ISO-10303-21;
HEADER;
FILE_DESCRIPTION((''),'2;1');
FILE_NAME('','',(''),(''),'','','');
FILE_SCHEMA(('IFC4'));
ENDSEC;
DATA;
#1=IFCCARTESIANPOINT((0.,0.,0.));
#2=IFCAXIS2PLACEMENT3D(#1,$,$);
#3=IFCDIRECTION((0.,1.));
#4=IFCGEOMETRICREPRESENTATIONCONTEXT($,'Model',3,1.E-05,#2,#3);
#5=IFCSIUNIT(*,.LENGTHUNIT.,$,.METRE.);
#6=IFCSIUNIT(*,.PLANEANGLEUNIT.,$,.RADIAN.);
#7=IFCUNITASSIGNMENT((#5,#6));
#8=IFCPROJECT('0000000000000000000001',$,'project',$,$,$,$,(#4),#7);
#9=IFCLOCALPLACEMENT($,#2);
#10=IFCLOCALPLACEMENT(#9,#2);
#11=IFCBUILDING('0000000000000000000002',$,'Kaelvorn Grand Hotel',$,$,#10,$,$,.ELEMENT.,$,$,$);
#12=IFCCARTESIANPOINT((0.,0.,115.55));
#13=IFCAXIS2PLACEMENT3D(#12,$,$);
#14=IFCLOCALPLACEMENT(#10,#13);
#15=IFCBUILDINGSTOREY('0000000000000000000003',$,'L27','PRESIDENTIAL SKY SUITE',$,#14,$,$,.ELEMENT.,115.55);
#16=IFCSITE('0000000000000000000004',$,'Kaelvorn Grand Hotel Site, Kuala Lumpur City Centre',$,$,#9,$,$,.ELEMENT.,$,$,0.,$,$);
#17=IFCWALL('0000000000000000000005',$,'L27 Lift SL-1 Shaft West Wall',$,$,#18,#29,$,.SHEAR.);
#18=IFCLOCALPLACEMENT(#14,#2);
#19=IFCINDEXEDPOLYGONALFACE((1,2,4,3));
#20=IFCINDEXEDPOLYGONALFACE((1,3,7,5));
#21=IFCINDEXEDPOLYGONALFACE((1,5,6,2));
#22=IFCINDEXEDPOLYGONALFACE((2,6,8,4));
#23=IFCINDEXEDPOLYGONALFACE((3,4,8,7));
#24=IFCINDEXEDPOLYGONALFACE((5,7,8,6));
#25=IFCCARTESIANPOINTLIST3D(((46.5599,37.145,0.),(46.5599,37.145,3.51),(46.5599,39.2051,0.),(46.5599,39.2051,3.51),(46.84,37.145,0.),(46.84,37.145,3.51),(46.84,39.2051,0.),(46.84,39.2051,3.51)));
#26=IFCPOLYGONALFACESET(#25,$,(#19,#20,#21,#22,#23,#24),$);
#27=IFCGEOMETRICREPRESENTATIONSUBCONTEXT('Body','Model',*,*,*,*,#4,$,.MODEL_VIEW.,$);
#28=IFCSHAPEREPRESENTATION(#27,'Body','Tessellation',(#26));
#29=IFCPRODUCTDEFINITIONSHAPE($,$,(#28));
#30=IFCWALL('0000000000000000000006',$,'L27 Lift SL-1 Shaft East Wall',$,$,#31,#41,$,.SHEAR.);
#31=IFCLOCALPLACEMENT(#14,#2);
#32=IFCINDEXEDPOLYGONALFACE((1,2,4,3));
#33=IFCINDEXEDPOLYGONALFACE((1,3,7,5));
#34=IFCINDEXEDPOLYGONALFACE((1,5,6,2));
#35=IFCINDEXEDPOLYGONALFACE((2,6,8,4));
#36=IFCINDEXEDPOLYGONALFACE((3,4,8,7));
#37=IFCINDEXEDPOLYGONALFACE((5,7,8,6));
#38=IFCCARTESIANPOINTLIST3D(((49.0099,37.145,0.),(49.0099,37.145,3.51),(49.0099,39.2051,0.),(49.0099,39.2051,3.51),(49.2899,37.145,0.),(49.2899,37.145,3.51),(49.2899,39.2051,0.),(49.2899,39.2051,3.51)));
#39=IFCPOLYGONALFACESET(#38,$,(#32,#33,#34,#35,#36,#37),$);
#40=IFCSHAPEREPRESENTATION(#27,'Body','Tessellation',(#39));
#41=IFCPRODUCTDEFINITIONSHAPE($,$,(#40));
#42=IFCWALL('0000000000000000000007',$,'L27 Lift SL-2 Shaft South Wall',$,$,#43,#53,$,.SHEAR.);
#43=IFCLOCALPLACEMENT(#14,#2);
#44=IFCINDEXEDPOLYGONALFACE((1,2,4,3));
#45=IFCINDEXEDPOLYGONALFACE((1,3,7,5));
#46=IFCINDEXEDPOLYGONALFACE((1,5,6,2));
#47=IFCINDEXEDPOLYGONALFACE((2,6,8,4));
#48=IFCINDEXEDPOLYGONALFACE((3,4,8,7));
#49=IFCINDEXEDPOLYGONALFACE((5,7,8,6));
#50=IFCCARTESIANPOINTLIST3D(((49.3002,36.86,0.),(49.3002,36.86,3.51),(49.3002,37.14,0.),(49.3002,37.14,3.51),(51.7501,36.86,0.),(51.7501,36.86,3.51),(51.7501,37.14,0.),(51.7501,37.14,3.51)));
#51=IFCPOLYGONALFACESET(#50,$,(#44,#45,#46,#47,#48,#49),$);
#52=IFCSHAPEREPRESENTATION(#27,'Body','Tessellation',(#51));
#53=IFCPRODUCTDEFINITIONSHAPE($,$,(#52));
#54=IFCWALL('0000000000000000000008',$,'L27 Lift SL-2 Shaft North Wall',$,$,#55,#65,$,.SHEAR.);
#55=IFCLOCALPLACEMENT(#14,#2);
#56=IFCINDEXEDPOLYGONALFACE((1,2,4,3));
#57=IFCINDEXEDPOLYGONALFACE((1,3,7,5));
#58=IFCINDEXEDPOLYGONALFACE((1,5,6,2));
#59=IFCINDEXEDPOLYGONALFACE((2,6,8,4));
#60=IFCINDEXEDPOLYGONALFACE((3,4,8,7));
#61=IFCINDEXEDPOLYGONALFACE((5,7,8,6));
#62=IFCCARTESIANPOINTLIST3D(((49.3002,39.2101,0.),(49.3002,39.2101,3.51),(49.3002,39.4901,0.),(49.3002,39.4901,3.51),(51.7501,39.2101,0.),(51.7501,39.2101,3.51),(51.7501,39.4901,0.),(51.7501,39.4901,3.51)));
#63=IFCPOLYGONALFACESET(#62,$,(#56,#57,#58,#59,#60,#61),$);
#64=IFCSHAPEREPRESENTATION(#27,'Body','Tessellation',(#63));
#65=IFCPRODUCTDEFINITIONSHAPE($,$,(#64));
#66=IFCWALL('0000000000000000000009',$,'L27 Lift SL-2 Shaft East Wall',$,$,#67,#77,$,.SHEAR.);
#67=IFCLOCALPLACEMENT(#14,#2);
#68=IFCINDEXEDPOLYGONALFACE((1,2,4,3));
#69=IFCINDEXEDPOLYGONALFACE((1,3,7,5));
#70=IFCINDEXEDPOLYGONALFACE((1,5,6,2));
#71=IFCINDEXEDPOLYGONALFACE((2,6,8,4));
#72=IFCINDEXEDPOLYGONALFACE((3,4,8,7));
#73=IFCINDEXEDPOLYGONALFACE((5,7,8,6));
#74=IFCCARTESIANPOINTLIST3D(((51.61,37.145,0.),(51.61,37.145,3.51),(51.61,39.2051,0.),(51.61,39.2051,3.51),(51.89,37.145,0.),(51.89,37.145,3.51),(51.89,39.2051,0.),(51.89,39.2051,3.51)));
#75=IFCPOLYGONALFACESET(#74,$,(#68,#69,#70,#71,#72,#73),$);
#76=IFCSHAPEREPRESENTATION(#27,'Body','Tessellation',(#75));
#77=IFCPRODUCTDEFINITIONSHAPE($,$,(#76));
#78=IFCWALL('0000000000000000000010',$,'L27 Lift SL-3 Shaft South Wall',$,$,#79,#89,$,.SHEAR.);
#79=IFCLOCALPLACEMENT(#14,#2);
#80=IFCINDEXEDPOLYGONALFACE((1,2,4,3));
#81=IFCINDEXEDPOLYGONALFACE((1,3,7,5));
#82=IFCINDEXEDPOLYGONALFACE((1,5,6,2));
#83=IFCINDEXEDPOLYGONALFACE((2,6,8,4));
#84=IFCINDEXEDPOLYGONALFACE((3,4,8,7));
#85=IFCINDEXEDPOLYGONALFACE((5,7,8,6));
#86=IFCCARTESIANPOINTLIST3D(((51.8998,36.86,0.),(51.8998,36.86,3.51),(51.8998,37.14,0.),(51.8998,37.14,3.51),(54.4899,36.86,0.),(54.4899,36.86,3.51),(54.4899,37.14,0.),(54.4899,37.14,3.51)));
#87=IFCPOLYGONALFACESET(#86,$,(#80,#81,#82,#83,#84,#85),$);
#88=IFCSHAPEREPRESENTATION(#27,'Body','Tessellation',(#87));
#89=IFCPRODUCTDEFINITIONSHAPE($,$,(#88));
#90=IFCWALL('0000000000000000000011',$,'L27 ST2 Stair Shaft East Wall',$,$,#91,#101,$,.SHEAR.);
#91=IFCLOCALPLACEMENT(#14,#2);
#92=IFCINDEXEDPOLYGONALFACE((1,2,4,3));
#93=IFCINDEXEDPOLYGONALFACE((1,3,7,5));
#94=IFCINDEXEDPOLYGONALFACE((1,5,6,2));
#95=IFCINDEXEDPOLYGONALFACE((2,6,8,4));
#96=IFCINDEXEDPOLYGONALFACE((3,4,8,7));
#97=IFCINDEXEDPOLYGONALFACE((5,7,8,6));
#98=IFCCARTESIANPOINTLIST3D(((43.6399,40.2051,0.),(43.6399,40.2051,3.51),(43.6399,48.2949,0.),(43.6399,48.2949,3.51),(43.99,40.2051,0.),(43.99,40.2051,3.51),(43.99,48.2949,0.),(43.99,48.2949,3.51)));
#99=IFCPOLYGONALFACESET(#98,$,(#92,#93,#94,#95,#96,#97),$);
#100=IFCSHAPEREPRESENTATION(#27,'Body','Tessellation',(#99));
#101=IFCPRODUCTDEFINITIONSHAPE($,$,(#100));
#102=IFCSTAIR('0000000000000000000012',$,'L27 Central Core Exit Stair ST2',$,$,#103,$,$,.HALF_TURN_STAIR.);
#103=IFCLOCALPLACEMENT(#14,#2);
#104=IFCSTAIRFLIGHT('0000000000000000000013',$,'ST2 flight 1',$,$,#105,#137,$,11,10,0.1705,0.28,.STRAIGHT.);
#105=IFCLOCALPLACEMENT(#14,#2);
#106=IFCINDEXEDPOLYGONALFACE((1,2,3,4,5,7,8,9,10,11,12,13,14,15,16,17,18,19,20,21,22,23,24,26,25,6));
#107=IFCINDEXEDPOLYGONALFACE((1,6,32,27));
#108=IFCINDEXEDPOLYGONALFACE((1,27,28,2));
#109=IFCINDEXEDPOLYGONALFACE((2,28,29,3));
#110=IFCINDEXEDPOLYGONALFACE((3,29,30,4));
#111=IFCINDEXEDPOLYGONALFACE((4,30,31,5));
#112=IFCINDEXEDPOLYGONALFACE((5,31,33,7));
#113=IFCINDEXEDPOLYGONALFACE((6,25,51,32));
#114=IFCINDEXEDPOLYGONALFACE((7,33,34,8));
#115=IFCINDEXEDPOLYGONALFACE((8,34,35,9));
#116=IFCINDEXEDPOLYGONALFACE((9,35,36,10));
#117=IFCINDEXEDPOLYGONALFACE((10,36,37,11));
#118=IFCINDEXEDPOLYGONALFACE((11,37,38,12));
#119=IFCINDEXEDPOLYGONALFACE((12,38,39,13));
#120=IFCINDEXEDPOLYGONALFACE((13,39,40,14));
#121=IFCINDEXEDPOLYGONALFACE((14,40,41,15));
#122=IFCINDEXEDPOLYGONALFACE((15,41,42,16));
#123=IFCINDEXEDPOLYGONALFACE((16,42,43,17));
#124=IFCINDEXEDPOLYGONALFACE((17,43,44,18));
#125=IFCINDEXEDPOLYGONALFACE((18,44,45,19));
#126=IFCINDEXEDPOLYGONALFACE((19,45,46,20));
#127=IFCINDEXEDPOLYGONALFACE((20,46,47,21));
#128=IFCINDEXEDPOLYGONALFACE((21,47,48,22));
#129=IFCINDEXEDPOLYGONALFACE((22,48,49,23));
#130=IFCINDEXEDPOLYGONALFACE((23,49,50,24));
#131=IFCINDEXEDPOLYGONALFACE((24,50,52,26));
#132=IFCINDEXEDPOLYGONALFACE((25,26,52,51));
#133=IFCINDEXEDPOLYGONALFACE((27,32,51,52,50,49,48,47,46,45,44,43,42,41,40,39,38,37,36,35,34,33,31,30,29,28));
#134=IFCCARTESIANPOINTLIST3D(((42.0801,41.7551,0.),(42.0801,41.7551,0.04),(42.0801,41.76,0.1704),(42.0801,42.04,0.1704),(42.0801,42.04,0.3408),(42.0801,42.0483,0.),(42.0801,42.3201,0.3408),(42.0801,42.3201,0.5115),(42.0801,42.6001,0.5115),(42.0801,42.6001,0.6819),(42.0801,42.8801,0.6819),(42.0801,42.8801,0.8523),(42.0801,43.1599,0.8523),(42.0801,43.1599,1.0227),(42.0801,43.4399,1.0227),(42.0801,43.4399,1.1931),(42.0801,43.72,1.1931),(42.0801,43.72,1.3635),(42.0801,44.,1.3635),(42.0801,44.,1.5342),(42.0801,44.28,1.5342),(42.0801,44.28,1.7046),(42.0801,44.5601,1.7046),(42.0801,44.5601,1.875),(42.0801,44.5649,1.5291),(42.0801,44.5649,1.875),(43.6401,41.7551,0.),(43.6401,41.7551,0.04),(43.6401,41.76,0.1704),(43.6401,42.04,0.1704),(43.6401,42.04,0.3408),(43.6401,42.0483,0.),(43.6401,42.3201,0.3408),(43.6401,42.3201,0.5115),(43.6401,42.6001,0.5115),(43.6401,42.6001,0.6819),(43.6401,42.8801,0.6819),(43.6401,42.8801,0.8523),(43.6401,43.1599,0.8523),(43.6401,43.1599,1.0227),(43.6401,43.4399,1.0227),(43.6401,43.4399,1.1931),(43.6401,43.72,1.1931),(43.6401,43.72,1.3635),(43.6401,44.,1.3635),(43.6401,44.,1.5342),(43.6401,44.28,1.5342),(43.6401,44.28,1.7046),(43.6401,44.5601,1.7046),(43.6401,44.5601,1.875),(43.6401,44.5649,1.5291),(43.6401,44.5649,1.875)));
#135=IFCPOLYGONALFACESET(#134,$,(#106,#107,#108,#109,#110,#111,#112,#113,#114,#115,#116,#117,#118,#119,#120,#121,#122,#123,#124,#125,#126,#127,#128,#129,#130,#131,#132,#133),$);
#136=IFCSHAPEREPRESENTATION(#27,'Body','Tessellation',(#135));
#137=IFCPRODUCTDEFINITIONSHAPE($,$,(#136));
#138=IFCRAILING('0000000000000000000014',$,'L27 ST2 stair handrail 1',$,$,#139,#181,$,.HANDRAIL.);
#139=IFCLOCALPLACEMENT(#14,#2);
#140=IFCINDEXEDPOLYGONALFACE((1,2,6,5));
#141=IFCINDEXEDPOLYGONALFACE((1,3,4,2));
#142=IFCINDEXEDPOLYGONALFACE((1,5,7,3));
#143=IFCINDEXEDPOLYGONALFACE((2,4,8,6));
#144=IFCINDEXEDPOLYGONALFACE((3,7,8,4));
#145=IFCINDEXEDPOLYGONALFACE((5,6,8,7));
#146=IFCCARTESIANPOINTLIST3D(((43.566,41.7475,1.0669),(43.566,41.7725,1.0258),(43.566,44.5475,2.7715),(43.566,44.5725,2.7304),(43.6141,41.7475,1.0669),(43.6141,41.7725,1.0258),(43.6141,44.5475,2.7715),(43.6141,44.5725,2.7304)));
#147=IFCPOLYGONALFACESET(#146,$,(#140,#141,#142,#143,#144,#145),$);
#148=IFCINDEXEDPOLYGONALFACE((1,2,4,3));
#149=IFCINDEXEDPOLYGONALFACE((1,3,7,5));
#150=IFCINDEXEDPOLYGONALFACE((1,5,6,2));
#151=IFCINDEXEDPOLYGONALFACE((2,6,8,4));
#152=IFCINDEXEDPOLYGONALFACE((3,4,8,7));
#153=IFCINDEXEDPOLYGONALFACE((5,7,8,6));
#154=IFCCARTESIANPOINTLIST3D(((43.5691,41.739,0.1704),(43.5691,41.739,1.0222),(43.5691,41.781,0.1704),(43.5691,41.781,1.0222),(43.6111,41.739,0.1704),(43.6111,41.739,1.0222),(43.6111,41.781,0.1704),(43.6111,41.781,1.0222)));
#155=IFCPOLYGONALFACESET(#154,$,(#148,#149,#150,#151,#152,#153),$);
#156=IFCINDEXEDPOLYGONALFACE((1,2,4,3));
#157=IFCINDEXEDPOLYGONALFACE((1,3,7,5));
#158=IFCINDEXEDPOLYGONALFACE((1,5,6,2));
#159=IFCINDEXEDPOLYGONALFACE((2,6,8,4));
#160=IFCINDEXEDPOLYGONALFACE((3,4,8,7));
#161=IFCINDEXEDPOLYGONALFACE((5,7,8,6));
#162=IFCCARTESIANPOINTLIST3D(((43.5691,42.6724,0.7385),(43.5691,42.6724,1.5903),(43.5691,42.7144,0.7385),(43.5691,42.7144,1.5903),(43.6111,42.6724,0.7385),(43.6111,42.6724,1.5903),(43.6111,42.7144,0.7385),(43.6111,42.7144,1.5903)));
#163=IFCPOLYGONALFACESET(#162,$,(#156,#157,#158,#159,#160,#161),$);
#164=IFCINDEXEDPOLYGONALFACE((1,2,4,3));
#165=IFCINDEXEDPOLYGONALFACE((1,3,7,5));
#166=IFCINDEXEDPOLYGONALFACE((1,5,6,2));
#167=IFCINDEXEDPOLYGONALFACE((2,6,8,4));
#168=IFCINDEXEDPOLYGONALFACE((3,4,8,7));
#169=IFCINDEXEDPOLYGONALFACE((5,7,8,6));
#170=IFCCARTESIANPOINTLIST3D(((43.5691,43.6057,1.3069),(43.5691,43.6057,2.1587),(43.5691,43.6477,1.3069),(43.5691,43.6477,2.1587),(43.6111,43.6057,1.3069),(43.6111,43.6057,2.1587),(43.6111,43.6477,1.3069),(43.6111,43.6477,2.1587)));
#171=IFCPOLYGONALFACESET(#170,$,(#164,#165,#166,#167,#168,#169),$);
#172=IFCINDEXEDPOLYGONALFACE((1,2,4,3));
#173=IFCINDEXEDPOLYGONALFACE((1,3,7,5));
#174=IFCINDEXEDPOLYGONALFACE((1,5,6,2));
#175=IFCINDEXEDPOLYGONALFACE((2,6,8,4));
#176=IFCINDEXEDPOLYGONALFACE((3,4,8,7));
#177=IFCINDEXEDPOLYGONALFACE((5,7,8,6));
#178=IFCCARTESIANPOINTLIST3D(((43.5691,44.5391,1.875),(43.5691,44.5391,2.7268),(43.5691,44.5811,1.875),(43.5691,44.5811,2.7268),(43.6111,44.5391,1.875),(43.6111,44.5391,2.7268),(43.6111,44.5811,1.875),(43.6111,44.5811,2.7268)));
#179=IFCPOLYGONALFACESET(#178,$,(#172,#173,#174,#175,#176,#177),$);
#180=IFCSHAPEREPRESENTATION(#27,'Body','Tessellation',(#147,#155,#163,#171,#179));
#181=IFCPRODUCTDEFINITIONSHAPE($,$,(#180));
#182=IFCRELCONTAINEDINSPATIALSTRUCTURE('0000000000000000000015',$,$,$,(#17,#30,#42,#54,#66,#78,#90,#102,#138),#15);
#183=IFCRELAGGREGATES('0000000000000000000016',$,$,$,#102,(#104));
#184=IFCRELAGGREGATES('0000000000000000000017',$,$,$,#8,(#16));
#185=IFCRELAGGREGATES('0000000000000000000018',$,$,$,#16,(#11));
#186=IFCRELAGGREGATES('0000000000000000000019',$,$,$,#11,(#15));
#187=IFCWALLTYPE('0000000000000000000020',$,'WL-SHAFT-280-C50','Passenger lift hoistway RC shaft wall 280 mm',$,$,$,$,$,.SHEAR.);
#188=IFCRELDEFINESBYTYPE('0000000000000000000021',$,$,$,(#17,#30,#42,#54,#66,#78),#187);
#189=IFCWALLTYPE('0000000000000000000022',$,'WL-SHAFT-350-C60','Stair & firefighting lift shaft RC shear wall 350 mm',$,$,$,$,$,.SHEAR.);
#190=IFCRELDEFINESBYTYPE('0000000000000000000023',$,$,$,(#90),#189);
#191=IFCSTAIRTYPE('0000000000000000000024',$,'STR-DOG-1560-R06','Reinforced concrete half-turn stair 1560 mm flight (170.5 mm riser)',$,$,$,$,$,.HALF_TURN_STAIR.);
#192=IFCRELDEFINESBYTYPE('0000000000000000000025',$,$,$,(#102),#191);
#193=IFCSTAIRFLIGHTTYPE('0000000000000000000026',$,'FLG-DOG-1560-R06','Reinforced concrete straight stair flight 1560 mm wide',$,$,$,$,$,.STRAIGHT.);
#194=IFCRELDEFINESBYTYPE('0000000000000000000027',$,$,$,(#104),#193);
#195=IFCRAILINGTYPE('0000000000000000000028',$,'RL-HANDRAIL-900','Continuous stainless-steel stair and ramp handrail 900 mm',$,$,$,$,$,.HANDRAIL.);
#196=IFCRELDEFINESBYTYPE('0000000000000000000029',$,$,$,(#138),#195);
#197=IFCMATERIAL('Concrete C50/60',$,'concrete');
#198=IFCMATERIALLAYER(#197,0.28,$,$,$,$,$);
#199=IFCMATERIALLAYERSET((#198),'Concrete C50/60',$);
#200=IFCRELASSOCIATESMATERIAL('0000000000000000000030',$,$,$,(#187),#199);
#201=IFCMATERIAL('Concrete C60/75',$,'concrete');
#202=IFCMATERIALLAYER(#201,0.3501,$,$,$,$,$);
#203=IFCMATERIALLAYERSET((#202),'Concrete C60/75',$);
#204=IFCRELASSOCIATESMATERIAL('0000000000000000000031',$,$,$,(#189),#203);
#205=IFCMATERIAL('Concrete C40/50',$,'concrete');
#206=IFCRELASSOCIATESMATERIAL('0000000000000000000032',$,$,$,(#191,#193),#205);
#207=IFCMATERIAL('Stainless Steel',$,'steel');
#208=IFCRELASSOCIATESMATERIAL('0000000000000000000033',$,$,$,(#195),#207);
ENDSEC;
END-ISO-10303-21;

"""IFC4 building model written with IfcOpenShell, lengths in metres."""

from ifc_helpers import new_model, si_unit, direction, frame, frame_2d, origin, origin_2d, place, context, subcontext, project, spatial, polyline, rectangle, outline, extrude, material, layer, layer_set, type_object, element, aggregate, save


model = new_model("IFC4")

# Units and contexts
model_context = context("Model", 3, precision=1e-05, world=origin(), true_north=direction((0.0, 1.0)))
body_context = subcontext(model_context, "Body", "Model", "MODEL_VIEW")
ifc_project = project(units=[si_unit("LENGTHUNIT", "METRE"), si_unit("PLANEANGLEUNIT", "RADIAN")], contexts=[model_context])

# Site, building, storey
site_placement = place(None, origin())
site = spatial("IfcSite", under=ifc_project, at=site_placement, Name="Kaelvorn Grand Hotel Site, Kuala Lumpur City Centre", CompositionType="ELEMENT", RefElevation=0.0)
building_placement = place(site_placement, origin())
building = spatial("IfcBuilding", under=site, at=building_placement, Name="Kaelvorn Grand Hotel", CompositionType="ELEMENT")
storey_placement = place(building_placement, frame((0.0, 0.0, 115.55)))
storey = spatial("IfcBuildingStorey", under=building, at=storey_placement, Name="L27", Description="PRESIDENTIAL SKY SUITE", CompositionType="ELEMENT", Elevation=115.55)

# Shared definitions
ifc_material_1 = material(Name="Concrete C60/75", Category="concrete")

# Walls
ifc_material_2 = material(Name="Concrete C40/50", Category="concrete")
ifc_material_3 = material(Name="Concrete C50/60", Category="concrete")
ifc_layer_1 = layer(ifc_material_3, 0.28)
ifc_layer_set_1 = layer_set([ifc_layer_1], Name="Concrete C50/60")
wall_type_1 = type_object("IfcWallType", Name="WL-SHAFT-280-C50", Description="Passenger lift hoistway RC shaft wall 280 mm", PredefinedType="SHEAR", material=ifc_layer_set_1)
for number, where, z_axis, x_axis, name in (
    (1, (46.7, 37.145, 0.0), (0.0, 0.0, 1.0), (0.0, 1.0, 0.0), "L27 Lift SL-1 Shaft West Wall"),
    (2, (49.1499, 37.145, 0.0), (0.0, 0.0, 1.0), (0.0, 1.0, 0.0), "L27 Lift SL-1 Shaft East Wall"),
):
    element("IfcWall", number, at=place(storey_placement, frame(where, z_axis=z_axis, x_axis=x_axis)), inside=storey, type_object=wall_type_1, Name=name, PredefinedType="SHEAR", context=body_context, shape_type="SweptSolid", body=[
        extrude(rectangle(XDim=2.0601, YDim=0.28, at=frame_2d((1.03, 0.0))), origin(), (0.0, 0.0, 1.0), 3.51),
    ])
for number, where, z_axis, x_axis, name in (
    (3, (49.3, 37.0, 0.0), (0.0, 0.0, 1.0), (1.0, 0.0, 0.0), "L27 Lift SL-2 Shaft South Wall"),
    (4, (49.3, 39.3501, 0.0), (0.0, 0.0, 1.0), (1.0, 0.0, 0.0), "L27 Lift SL-2 Shaft North Wall"),
):
    element("IfcWall", number, at=place(storey_placement, frame(where, z_axis=z_axis, x_axis=x_axis)), inside=storey, type_object=wall_type_1, Name=name, PredefinedType="SHEAR", context=body_context, shape_type="SweptSolid", body=[
        extrude(rectangle(XDim=2.45, YDim=0.28, at=frame_2d((1.2251, 0.0))), origin(), (0.0, 0.0, 1.0), 3.51),
    ])
wall_1_placement = place(storey_placement, frame((51.75, 37.145, 0.0), z_axis=(0.0, 0.0, 1.0), x_axis=(0.0, 1.0, 0.0)))
element("IfcWall", 5, at=wall_1_placement, inside=storey, type_object=wall_type_1, Name="L27 Lift SL-2 Shaft East Wall", PredefinedType="SHEAR", context=body_context, shape_type="SweptSolid", body=[
    extrude(rectangle(XDim=2.0601, YDim=0.28, at=frame_2d((1.03, 0.0))), origin(), (0.0, 0.0, 1.0), 3.51),
])
wall_2_placement = place(storey_placement, frame((51.8999, 37.0, 0.0), z_axis=(0.0, 0.0, 1.0), x_axis=(1.0, 0.0, 0.0)))
element("IfcWall", 6, at=wall_2_placement, inside=storey, type_object=wall_type_1, Name="L27 Lift SL-3 Shaft South Wall", PredefinedType="SHEAR", context=body_context, shape_type="SweptSolid", body=[
    extrude(rectangle(XDim=2.5901, YDim=0.28, at=frame_2d((1.2949, 0.0))), origin(), (0.0, 0.0, 1.0), 3.51),
])
ifc_layer_2 = layer(ifc_material_1, 0.3501)
ifc_layer_set_2 = layer_set([ifc_layer_2], Name="Concrete C60/75")
wall_type_2 = type_object("IfcWallType", Name="WL-SHAFT-350-C60", Description="Stair & firefighting lift shaft RC shear wall 350 mm", PredefinedType="SHEAR", material=ifc_layer_set_2)
wall_3_placement = place(storey_placement, frame((43.8149, 40.2051, 0.0), z_axis=(0.0, 0.0, 1.0), x_axis=(0.0, 1.0, 0.0)))
element("IfcWall", 7, at=wall_3_placement, inside=storey, type_object=wall_type_2, Name="L27 ST2 Stair Shaft East Wall", PredefinedType="SHEAR", context=body_context, shape_type="SweptSolid", body=[
    extrude(rectangle(XDim=8.0898, YDim=0.3501, at=frame_2d((4.0449, 0.0))), origin(), (0.0, 0.0, 1.0), 3.51),
])

# Stair, stair flight
stair_type = type_object("IfcStairType", Name="STR-DOG-1560-R06", Description="Reinforced concrete half-turn stair 1560 mm flight (170.5 mm riser)", PredefinedType="HALF_TURN_STAIR", material=ifc_material_2)
stair_placement = place(storey_placement, origin())
stair = element("IfcStair", 8, at=stair_placement, inside=storey, type_object=stair_type, Name="L27 Central Core Exit Stair ST2", PredefinedType="HALF_TURN_STAIR")
stair_flight_type = type_object("IfcStairFlightType", Name="FLG-DOG-1560-R06", Description="Reinforced concrete straight stair flight 1560 mm wide", PredefinedType="STRAIGHT", material=ifc_material_2)
stair_flight_placement = place(storey_placement, frame((42.8601, 41.76, 0.0), z_axis=(0.0, 0.0, 1.0), x_axis=(0.0, 1.0, 0.0)))
stair_flight = element("IfcStairFlight", 9, at=stair_flight_placement, type_object=stair_flight_type, Name="ST2 flight 1", NumberOfRisers=11, NumberOfTreads=10, PredefinedType="STRAIGHT", RiserHeight=0.1705, TreadLength=0.28, context=body_context, shape_type="SweptSolid", body=[
    extrude(outline(polyline([(-0.0049, 0.0), (-0.0049, 0.04), (0.0, 0.1704), (0.28, 0.1704), (0.28, 0.3408), (0.5601, 0.3408), (0.5601, 0.5115), (0.8401, 0.5115), (0.8401, 0.6819), (1.1201, 0.6819), (1.1201, 0.8523), (1.3999, 0.8523), (1.3999, 1.0227), (1.6799, 1.0227), (1.6799, 1.1931), (1.96, 1.1931), (1.96, 1.3635), (2.24, 1.3635), (2.24, 1.5342), (2.52, 1.5342), (2.52, 1.7046), (2.8, 1.7046), (2.8, 1.875), (2.8049, 1.875), (2.8049, 1.5291), (0.2883, 0.0), (-0.0049, 0.0)])), frame((0.0, 0.78, 0.0), z_axis=(0.0, -1.0, 0.0), x_axis=(1.0, 0.0, 0.0)), (0.0, 0.0, 1.0), 1.5601),
])
aggregate(stair, [stair_flight])

# Railing
ifc_material_4 = material(Name="Stainless Steel", Category="steel")
railing_type_1 = type_object("IfcRailingType", Name="RL-HANDRAIL-900", Description="Continuous stainless-steel stair and ramp handrail 900 mm", PredefinedType="HANDRAIL", material=ifc_material_4)
railing_1_placement = place(storey_placement, frame((43.5901, 41.76, 0.1704)))
element("IfcRailing", 10, at=railing_1_placement, inside=storey, type_object=railing_type_1, Name="L27 ST2 stair handrail 1", PredefinedType="HANDRAIL", context=body_context, shape_type="SweptSolid", body=[
    extrude(rectangle(XDim=0.0481, YDim=0.0481, at=origin_2d()), frame((0.0, 0.0, 0.876), z_axis=(0.0, 0.85417, 0.519994), x_axis=(-1.0, 0.0, 0.0)), (0.0, 0.0, 1.0), 3.2781),
    extrude(rectangle(XDim=0.042, YDim=0.042, at=origin_2d()), origin(), (0.0, 0.0, 1.0), 0.8518),
    extrude(rectangle(XDim=0.042, YDim=0.042, at=origin_2d()), frame((0.0, 0.9333, 0.5681)), (0.0, 0.0, 1.0), 0.8518),
    extrude(rectangle(XDim=0.042, YDim=0.042, at=origin_2d()), frame((0.0, 1.8667, 1.1365)), (0.0, 0.0, 1.0), 0.8518),
    extrude(rectangle(XDim=0.042, YDim=0.042, at=origin_2d()), frame((0.0, 2.8, 1.7046)), (0.0, 0.0, 1.0), 0.8518),
])

save(model, "model.ifc")
